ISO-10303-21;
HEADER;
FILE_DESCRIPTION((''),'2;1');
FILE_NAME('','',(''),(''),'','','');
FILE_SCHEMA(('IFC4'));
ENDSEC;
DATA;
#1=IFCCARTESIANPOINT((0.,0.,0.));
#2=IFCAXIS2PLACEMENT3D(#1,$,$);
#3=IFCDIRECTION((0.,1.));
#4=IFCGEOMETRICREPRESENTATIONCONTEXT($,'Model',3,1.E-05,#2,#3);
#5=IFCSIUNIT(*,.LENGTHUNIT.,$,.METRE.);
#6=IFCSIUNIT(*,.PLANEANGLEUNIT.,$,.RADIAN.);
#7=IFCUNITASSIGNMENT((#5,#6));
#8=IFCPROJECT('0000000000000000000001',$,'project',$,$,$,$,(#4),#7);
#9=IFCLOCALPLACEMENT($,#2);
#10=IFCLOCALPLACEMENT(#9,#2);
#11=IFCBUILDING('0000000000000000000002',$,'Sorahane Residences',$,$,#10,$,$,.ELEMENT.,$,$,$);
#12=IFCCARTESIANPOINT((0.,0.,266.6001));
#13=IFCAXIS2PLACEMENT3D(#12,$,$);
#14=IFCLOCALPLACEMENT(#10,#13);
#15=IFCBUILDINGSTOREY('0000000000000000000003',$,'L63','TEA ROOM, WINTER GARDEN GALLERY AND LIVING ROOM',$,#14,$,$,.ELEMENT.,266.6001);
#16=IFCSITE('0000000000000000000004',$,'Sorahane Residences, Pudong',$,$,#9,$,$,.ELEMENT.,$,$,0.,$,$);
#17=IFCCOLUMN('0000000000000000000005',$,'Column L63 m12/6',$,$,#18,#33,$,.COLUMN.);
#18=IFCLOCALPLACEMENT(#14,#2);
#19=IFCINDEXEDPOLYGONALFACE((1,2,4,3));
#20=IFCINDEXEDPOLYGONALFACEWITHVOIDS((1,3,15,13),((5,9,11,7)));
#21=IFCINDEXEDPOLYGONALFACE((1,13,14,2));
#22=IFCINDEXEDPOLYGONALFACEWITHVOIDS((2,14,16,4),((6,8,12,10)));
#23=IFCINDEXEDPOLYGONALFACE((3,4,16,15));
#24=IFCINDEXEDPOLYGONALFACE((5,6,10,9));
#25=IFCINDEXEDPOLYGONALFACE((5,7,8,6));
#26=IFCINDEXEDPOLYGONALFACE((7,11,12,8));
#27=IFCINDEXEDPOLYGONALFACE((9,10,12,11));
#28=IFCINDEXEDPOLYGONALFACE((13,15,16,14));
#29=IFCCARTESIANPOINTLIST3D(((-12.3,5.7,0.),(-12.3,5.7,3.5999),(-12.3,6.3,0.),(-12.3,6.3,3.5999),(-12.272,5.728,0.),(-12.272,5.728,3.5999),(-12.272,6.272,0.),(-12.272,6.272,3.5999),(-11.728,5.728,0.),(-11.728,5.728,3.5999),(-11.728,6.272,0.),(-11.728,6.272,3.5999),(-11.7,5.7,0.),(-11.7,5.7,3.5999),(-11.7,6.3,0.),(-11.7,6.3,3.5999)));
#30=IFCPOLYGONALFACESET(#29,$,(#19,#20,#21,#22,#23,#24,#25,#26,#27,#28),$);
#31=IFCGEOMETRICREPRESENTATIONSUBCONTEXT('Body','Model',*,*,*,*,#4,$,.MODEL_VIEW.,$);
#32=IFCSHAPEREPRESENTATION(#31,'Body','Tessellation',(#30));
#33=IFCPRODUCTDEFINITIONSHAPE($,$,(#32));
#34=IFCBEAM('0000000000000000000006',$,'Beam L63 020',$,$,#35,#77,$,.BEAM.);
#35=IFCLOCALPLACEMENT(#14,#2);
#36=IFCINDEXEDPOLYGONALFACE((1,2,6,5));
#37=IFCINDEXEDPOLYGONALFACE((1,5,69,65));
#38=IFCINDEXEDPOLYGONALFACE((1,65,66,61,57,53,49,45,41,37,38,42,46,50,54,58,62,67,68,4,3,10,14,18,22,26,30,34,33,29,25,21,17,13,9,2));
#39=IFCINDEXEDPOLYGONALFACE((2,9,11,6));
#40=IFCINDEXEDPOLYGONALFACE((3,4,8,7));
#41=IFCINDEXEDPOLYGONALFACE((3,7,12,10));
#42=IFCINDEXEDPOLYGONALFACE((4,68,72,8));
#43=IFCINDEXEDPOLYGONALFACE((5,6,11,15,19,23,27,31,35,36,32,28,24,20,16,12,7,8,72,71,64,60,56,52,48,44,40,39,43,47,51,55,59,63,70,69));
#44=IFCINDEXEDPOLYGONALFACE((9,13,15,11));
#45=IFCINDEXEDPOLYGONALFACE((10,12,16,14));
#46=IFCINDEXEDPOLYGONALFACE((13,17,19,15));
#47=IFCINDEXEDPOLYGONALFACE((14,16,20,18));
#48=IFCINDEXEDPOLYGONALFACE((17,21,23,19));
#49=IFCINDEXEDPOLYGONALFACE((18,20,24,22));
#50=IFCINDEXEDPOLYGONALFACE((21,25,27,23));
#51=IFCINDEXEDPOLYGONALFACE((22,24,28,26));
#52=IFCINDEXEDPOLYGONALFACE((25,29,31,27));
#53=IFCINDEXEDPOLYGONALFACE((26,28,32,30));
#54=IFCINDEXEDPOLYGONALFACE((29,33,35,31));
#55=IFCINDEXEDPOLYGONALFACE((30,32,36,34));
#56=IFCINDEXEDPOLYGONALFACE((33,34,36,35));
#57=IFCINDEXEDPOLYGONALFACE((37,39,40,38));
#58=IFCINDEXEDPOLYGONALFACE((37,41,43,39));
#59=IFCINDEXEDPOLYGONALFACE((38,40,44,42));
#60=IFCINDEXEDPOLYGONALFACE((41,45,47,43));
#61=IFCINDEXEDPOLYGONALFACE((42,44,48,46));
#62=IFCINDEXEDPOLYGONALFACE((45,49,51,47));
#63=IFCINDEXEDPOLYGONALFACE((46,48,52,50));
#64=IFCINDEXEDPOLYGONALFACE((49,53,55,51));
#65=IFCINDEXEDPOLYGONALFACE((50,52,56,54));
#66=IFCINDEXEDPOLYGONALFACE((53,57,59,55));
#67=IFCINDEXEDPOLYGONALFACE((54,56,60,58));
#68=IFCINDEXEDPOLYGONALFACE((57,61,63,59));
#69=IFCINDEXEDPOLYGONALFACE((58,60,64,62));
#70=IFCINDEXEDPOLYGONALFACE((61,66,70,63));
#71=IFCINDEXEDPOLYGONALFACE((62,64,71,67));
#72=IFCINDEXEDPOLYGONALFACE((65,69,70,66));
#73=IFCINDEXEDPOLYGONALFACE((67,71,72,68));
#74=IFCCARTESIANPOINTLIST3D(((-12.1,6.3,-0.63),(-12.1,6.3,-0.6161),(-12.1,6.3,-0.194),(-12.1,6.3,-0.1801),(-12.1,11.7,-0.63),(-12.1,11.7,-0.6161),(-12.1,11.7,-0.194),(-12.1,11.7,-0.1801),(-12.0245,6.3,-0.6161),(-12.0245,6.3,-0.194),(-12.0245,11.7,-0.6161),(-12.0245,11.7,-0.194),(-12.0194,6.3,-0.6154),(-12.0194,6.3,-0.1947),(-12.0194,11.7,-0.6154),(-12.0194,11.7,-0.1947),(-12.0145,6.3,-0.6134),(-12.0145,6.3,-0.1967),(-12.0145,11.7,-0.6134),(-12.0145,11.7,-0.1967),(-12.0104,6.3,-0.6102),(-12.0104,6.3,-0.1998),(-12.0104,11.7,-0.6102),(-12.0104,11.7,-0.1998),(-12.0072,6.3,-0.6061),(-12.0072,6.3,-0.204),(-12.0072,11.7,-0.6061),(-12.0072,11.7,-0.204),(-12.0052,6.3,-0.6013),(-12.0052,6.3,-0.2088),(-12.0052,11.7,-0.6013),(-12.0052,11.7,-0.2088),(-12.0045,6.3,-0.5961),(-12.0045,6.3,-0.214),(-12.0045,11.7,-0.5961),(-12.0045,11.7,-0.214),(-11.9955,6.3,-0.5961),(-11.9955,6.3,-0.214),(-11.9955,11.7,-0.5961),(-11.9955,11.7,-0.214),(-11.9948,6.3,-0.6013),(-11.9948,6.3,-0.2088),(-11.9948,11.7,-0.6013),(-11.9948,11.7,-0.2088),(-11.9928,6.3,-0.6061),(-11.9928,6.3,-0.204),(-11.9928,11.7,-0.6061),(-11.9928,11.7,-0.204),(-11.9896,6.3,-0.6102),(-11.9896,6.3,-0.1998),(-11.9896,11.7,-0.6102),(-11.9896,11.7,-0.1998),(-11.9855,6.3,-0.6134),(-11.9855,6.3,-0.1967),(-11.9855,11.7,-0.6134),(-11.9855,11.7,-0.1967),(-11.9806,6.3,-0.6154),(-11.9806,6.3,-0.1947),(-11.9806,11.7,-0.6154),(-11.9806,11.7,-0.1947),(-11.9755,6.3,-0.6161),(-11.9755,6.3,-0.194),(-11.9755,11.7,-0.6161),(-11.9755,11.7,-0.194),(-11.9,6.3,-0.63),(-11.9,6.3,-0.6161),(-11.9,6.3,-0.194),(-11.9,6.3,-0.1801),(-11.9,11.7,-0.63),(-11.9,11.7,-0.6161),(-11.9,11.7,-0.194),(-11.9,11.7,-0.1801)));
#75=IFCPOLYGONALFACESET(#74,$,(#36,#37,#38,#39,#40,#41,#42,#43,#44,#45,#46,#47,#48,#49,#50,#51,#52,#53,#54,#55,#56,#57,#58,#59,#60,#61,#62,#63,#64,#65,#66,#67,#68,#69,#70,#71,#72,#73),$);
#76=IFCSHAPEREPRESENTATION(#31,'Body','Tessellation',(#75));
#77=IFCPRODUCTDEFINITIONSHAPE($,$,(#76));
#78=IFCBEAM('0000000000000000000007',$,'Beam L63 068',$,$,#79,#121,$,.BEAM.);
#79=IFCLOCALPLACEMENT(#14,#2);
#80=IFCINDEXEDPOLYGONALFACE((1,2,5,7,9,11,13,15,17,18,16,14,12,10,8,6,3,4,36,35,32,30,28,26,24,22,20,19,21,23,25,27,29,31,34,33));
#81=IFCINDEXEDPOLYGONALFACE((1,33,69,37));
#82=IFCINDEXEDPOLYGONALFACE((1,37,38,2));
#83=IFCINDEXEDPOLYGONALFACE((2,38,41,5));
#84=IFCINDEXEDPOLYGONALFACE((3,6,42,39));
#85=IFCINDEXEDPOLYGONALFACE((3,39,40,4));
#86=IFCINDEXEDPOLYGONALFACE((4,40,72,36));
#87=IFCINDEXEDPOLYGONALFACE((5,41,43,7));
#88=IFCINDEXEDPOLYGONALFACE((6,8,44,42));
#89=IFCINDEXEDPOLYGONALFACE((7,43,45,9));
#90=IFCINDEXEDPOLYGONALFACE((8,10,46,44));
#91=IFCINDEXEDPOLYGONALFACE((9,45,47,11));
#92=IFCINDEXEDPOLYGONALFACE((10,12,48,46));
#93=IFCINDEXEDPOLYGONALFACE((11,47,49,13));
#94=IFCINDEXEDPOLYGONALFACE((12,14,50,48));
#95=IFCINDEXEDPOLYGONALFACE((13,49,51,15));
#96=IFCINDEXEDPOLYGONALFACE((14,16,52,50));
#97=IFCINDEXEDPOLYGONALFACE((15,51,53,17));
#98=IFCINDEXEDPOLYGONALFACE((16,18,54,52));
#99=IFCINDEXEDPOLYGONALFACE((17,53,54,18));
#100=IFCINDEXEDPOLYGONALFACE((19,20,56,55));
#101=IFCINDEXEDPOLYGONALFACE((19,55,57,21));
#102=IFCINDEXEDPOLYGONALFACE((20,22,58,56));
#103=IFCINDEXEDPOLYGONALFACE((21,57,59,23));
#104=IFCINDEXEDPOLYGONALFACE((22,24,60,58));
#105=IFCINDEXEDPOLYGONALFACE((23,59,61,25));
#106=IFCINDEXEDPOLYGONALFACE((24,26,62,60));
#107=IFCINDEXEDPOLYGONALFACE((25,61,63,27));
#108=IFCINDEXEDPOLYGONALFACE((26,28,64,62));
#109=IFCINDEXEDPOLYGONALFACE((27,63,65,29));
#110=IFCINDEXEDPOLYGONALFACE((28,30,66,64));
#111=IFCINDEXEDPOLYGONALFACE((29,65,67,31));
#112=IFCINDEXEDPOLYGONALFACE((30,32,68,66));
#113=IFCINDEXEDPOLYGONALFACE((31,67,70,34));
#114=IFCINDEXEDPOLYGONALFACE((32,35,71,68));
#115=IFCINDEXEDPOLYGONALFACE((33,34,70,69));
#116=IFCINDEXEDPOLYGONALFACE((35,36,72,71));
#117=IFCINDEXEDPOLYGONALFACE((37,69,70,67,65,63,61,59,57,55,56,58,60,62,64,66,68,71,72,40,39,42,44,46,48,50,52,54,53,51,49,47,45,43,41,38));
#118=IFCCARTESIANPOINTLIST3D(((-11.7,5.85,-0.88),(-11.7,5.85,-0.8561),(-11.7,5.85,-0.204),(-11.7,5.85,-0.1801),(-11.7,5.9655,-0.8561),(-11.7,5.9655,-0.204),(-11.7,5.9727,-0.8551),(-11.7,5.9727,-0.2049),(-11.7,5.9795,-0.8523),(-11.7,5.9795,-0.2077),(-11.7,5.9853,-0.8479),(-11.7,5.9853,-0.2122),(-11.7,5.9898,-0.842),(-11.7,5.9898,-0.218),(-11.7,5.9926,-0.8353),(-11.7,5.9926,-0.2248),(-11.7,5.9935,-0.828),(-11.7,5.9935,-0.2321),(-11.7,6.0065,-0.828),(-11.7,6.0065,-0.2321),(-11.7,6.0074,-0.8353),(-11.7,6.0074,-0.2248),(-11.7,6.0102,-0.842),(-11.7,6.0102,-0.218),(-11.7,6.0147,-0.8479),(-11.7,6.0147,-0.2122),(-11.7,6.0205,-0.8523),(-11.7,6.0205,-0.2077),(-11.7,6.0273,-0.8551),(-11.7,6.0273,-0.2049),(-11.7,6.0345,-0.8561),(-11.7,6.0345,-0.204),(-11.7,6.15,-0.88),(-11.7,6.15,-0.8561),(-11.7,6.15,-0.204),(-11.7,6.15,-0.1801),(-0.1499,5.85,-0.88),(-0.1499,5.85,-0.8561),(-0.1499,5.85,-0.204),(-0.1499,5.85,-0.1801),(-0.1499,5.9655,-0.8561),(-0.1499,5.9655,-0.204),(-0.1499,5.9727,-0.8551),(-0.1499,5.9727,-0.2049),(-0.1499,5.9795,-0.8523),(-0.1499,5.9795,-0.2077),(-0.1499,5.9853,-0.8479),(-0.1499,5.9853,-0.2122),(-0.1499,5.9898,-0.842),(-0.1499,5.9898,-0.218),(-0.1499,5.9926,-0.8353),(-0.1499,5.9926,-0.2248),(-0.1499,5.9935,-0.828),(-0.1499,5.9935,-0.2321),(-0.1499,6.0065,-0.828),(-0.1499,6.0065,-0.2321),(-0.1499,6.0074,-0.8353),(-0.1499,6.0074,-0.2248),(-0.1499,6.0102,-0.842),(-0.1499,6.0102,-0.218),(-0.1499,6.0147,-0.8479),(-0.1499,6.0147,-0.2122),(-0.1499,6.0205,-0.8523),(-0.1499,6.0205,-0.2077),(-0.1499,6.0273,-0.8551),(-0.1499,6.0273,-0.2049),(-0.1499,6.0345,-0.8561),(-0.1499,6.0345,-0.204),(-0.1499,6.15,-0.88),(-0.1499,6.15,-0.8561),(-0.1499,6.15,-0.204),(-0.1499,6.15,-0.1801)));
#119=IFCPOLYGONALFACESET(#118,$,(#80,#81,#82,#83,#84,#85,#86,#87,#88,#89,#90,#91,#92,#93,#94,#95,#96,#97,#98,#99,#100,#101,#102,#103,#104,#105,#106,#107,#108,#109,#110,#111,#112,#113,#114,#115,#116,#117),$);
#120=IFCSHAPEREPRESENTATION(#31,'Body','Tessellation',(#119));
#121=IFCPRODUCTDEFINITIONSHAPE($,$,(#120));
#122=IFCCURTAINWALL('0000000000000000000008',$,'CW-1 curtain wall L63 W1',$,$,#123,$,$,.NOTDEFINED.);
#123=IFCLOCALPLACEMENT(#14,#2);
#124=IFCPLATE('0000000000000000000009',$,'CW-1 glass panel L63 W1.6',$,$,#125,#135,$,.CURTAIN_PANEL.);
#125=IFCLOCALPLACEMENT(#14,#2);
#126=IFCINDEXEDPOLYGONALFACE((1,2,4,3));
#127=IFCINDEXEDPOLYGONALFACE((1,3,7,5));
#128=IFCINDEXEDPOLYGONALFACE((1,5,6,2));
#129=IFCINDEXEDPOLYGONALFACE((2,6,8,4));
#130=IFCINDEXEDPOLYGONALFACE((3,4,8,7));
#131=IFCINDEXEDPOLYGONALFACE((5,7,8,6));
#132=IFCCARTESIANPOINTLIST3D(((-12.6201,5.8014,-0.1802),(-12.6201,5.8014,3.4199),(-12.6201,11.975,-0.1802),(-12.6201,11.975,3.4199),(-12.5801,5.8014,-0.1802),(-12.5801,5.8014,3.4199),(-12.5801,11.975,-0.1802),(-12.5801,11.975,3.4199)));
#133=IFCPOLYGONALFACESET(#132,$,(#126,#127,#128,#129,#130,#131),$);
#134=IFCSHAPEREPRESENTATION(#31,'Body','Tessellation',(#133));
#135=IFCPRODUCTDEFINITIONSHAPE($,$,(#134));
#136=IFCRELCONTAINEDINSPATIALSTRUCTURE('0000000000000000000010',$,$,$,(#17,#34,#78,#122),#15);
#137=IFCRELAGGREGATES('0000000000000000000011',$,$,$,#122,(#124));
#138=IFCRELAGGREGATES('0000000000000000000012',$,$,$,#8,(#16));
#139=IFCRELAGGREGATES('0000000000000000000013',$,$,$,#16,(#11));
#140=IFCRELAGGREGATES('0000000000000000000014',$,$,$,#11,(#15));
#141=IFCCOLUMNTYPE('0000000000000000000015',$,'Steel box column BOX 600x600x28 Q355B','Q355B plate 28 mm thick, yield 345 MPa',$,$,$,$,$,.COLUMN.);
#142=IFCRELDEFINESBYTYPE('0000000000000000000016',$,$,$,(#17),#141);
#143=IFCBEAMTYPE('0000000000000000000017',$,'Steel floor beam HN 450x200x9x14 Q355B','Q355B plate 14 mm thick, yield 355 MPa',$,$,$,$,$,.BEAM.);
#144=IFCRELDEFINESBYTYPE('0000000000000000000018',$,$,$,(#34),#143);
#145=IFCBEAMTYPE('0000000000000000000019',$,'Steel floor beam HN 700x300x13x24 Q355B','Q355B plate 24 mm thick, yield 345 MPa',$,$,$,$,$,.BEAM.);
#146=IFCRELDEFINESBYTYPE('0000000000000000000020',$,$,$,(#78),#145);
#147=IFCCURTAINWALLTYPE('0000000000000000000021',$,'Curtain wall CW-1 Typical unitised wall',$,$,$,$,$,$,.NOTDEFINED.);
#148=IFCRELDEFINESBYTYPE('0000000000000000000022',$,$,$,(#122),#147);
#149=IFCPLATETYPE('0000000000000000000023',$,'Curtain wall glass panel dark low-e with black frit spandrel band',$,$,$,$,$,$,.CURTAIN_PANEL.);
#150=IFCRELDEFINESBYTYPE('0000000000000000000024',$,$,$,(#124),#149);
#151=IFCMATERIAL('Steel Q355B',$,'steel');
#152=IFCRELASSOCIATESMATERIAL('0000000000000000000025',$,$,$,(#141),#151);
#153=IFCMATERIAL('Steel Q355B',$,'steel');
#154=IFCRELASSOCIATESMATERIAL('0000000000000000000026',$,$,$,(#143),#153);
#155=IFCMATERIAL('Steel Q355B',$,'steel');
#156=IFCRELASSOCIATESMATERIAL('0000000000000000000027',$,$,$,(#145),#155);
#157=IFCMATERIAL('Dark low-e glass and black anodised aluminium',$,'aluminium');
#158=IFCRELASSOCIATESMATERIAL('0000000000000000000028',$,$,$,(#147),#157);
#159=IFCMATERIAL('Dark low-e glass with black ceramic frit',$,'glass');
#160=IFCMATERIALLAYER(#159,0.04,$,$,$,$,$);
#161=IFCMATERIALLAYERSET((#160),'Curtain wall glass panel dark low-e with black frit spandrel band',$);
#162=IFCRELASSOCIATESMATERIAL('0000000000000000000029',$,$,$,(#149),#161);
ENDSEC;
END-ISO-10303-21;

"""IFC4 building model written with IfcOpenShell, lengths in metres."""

from ifc_helpers import new_model, si_unit, direction, frame, origin, origin_2d, place, context, subcontext, project, spatial, rectangle, hollow_rectangle, i_section, extrude, material, layer, layer_set, material_profile, profile_set, type_object, element, aggregate, save


model = new_model("IFC4")

# Units and contexts
model_context = context("Model", 3, precision=1e-05, world=origin(), true_north=direction((0.0, 1.0)))
body_context = subcontext(model_context, "Body", "Model", "MODEL_VIEW")
ifc_project = project(units=[si_unit("LENGTHUNIT", "METRE"), si_unit("PLANEANGLEUNIT", "RADIAN")], contexts=[model_context])

# Site, building, storey
site_placement = place(None, origin())
site = spatial("IfcSite", under=ifc_project, at=site_placement, Name="Sorahane Residences, Pudong", CompositionType="ELEMENT", RefElevation=0.0)
building_placement = place(site_placement, origin())
building = spatial("IfcBuilding", under=site, at=building_placement, Name="Sorahane Residences", CompositionType="ELEMENT")
storey_placement = place(building_placement, frame((0.0, 0.0, 266.6001)))
storey = spatial("IfcBuildingStorey", under=building, at=storey_placement, Name="L63", Description="TEA ROOM, WINTER GARDEN GALLERY AND LIVING ROOM", CompositionType="ELEMENT", Elevation=266.6001)

# Column
ifc_material_1 = material(Name="Steel Q355B", Category="steel")
ifc_material_profile_1 = material_profile(ifc_material_1, hollow_rectangle(XDim=0.6001, YDim=0.6001, WallThickness=0.0281, at=origin_2d()), Name="BOX 600x600x28")
ifc_profile_set_1 = profile_set([ifc_material_profile_1], Name="Steel Q355B")
column_type = type_object("IfcColumnType", Name="Steel box column BOX 600x600x28 Q355B", Description="Q355B plate 28 mm thick, yield 345 MPa", PredefinedType="COLUMN", material=ifc_profile_set_1)
column_placement = place(storey_placement, frame((-12.0, 6.0, 0.0), z_axis=(0.0, 0.0, 1.0), x_axis=(1.0, 0.0, 0.0)))
element("IfcColumn", 1, at=column_placement, inside=storey, type_object=column_type, Name="Column L63 m12/6", PredefinedType="COLUMN", context=body_context, shape_type="SweptSolid", body=[
    extrude(hollow_rectangle(XDim=0.6001, YDim=0.6001, WallThickness=0.0281, at=origin_2d()), origin(), (0.0, 0.0, 1.0), 3.5999),
])

# Beams
ifc_material_2 = material(Name="Steel Q355B", Category="steel")
ifc_material_profile_2 = material_profile(ifc_material_2, i_section(OverallWidth=0.2, OverallDepth=0.45, WebThickness=0.009, FlangeThickness=0.0139, FilletRadius=0.02, at=origin_2d()), Name="HN 450x200x9x14")
ifc_profile_set_2 = profile_set([ifc_material_profile_2], Name="Steel Q355B")
beam_type_1 = type_object("IfcBeamType", Name="Steel floor beam HN 450x200x9x14 Q355B", Description="Q355B plate 14 mm thick, yield 355 MPa", PredefinedType="BEAM", material=ifc_profile_set_2)
beam_1_placement = place(storey_placement, frame((-12.0, 6.3, -0.405), z_axis=(0.0, 1.0, 0.0), x_axis=(-1.0, 0.0, 0.0)))
element("IfcBeam", 2, at=beam_1_placement, inside=storey, type_object=beam_type_1, Name="Beam L63 020", PredefinedType="BEAM", context=body_context, shape_type="SweptSolid", body=[
    extrude(i_section(OverallWidth=0.2, OverallDepth=0.45, WebThickness=0.009, FlangeThickness=0.0139, FilletRadius=0.02, at=origin_2d()), origin(), (0.0, 0.0, 1.0), 5.3999),
])
ifc_material_3 = material(Name="Steel Q355B", Category="steel")
ifc_material_profile_3 = material_profile(ifc_material_3, i_section(OverallWidth=0.3, OverallDepth=0.7, WebThickness=0.0129, FlangeThickness=0.0239, FilletRadius=0.0281, at=origin_2d()), Name="HN 700x300x13x24")
ifc_profile_set_3 = profile_set([ifc_material_profile_3], Name="Steel Q355B")
beam_type_2 = type_object("IfcBeamType", Name="Steel floor beam HN 700x300x13x24 Q355B", Description="Q355B plate 24 mm thick, yield 345 MPa", PredefinedType="BEAM", material=ifc_profile_set_3)
beam_2_placement = place(storey_placement, frame((-11.7, 6.0, -0.53), z_axis=(1.0, 0.0, 0.0), x_axis=(0.0, 1.0, 0.0)))
element("IfcBeam", 3, at=beam_2_placement, inside=storey, type_object=beam_type_2, Name="Beam L63 068", PredefinedType="BEAM", context=body_context, shape_type="SweptSolid", body=[
    extrude(i_section(OverallWidth=0.3, OverallDepth=0.7, WebThickness=0.0129, FlangeThickness=0.0239, FilletRadius=0.0281, at=origin_2d()), origin(), (0.0, 0.0, 1.0), 11.55),
])

# Curtain wall, plate
ifc_material_4 = material(Name="Dark low-e glass and black anodised aluminium", Category="aluminium")
curtain_wall_type = type_object("IfcCurtainWallType", Name="Curtain wall CW-1 Typical unitised wall", PredefinedType="NOTDEFINED", material=ifc_material_4)
curtain_wall_placement = place(storey_placement, origin())
curtain_wall = element("IfcCurtainWall", 4, at=curtain_wall_placement, inside=storey, type_object=curtain_wall_type, Name="CW-1 curtain wall L63 W1", PredefinedType="NOTDEFINED")
ifc_material_5 = material(Name="Dark low-e glass with black ceramic frit", Category="glass")
ifc_layer_1 = layer(ifc_material_5, 0.04)
ifc_layer_set_1 = layer_set([ifc_layer_1], Name="Curtain wall glass panel dark low-e with black frit spandrel band")
plate_type = type_object("IfcPlateType", Name="Curtain wall glass panel dark low-e with black frit spandrel band", PredefinedType="CURTAIN_PANEL", material=ifc_layer_set_1)
plate_placement = place(storey_placement, frame((-12.6001, 8.8882, -0.1802), z_axis=(0.0, 0.0, 1.0), x_axis=(0.0, -1.0, 0.0)))
plate = element("IfcPlate", 5, at=plate_placement, type_object=plate_type, Name="CW-1 glass panel L63 W1.6", PredefinedType="CURTAIN_PANEL", context=body_context, shape_type="SweptSolid", body=[
    extrude(rectangle(XDim=6.1736, YDim=0.04, at=origin_2d()), origin(), (0.0, 0.0, 1.0), 3.6001),
])
aggregate(curtain_wall, [plate])

save(model, "model.ifc")
